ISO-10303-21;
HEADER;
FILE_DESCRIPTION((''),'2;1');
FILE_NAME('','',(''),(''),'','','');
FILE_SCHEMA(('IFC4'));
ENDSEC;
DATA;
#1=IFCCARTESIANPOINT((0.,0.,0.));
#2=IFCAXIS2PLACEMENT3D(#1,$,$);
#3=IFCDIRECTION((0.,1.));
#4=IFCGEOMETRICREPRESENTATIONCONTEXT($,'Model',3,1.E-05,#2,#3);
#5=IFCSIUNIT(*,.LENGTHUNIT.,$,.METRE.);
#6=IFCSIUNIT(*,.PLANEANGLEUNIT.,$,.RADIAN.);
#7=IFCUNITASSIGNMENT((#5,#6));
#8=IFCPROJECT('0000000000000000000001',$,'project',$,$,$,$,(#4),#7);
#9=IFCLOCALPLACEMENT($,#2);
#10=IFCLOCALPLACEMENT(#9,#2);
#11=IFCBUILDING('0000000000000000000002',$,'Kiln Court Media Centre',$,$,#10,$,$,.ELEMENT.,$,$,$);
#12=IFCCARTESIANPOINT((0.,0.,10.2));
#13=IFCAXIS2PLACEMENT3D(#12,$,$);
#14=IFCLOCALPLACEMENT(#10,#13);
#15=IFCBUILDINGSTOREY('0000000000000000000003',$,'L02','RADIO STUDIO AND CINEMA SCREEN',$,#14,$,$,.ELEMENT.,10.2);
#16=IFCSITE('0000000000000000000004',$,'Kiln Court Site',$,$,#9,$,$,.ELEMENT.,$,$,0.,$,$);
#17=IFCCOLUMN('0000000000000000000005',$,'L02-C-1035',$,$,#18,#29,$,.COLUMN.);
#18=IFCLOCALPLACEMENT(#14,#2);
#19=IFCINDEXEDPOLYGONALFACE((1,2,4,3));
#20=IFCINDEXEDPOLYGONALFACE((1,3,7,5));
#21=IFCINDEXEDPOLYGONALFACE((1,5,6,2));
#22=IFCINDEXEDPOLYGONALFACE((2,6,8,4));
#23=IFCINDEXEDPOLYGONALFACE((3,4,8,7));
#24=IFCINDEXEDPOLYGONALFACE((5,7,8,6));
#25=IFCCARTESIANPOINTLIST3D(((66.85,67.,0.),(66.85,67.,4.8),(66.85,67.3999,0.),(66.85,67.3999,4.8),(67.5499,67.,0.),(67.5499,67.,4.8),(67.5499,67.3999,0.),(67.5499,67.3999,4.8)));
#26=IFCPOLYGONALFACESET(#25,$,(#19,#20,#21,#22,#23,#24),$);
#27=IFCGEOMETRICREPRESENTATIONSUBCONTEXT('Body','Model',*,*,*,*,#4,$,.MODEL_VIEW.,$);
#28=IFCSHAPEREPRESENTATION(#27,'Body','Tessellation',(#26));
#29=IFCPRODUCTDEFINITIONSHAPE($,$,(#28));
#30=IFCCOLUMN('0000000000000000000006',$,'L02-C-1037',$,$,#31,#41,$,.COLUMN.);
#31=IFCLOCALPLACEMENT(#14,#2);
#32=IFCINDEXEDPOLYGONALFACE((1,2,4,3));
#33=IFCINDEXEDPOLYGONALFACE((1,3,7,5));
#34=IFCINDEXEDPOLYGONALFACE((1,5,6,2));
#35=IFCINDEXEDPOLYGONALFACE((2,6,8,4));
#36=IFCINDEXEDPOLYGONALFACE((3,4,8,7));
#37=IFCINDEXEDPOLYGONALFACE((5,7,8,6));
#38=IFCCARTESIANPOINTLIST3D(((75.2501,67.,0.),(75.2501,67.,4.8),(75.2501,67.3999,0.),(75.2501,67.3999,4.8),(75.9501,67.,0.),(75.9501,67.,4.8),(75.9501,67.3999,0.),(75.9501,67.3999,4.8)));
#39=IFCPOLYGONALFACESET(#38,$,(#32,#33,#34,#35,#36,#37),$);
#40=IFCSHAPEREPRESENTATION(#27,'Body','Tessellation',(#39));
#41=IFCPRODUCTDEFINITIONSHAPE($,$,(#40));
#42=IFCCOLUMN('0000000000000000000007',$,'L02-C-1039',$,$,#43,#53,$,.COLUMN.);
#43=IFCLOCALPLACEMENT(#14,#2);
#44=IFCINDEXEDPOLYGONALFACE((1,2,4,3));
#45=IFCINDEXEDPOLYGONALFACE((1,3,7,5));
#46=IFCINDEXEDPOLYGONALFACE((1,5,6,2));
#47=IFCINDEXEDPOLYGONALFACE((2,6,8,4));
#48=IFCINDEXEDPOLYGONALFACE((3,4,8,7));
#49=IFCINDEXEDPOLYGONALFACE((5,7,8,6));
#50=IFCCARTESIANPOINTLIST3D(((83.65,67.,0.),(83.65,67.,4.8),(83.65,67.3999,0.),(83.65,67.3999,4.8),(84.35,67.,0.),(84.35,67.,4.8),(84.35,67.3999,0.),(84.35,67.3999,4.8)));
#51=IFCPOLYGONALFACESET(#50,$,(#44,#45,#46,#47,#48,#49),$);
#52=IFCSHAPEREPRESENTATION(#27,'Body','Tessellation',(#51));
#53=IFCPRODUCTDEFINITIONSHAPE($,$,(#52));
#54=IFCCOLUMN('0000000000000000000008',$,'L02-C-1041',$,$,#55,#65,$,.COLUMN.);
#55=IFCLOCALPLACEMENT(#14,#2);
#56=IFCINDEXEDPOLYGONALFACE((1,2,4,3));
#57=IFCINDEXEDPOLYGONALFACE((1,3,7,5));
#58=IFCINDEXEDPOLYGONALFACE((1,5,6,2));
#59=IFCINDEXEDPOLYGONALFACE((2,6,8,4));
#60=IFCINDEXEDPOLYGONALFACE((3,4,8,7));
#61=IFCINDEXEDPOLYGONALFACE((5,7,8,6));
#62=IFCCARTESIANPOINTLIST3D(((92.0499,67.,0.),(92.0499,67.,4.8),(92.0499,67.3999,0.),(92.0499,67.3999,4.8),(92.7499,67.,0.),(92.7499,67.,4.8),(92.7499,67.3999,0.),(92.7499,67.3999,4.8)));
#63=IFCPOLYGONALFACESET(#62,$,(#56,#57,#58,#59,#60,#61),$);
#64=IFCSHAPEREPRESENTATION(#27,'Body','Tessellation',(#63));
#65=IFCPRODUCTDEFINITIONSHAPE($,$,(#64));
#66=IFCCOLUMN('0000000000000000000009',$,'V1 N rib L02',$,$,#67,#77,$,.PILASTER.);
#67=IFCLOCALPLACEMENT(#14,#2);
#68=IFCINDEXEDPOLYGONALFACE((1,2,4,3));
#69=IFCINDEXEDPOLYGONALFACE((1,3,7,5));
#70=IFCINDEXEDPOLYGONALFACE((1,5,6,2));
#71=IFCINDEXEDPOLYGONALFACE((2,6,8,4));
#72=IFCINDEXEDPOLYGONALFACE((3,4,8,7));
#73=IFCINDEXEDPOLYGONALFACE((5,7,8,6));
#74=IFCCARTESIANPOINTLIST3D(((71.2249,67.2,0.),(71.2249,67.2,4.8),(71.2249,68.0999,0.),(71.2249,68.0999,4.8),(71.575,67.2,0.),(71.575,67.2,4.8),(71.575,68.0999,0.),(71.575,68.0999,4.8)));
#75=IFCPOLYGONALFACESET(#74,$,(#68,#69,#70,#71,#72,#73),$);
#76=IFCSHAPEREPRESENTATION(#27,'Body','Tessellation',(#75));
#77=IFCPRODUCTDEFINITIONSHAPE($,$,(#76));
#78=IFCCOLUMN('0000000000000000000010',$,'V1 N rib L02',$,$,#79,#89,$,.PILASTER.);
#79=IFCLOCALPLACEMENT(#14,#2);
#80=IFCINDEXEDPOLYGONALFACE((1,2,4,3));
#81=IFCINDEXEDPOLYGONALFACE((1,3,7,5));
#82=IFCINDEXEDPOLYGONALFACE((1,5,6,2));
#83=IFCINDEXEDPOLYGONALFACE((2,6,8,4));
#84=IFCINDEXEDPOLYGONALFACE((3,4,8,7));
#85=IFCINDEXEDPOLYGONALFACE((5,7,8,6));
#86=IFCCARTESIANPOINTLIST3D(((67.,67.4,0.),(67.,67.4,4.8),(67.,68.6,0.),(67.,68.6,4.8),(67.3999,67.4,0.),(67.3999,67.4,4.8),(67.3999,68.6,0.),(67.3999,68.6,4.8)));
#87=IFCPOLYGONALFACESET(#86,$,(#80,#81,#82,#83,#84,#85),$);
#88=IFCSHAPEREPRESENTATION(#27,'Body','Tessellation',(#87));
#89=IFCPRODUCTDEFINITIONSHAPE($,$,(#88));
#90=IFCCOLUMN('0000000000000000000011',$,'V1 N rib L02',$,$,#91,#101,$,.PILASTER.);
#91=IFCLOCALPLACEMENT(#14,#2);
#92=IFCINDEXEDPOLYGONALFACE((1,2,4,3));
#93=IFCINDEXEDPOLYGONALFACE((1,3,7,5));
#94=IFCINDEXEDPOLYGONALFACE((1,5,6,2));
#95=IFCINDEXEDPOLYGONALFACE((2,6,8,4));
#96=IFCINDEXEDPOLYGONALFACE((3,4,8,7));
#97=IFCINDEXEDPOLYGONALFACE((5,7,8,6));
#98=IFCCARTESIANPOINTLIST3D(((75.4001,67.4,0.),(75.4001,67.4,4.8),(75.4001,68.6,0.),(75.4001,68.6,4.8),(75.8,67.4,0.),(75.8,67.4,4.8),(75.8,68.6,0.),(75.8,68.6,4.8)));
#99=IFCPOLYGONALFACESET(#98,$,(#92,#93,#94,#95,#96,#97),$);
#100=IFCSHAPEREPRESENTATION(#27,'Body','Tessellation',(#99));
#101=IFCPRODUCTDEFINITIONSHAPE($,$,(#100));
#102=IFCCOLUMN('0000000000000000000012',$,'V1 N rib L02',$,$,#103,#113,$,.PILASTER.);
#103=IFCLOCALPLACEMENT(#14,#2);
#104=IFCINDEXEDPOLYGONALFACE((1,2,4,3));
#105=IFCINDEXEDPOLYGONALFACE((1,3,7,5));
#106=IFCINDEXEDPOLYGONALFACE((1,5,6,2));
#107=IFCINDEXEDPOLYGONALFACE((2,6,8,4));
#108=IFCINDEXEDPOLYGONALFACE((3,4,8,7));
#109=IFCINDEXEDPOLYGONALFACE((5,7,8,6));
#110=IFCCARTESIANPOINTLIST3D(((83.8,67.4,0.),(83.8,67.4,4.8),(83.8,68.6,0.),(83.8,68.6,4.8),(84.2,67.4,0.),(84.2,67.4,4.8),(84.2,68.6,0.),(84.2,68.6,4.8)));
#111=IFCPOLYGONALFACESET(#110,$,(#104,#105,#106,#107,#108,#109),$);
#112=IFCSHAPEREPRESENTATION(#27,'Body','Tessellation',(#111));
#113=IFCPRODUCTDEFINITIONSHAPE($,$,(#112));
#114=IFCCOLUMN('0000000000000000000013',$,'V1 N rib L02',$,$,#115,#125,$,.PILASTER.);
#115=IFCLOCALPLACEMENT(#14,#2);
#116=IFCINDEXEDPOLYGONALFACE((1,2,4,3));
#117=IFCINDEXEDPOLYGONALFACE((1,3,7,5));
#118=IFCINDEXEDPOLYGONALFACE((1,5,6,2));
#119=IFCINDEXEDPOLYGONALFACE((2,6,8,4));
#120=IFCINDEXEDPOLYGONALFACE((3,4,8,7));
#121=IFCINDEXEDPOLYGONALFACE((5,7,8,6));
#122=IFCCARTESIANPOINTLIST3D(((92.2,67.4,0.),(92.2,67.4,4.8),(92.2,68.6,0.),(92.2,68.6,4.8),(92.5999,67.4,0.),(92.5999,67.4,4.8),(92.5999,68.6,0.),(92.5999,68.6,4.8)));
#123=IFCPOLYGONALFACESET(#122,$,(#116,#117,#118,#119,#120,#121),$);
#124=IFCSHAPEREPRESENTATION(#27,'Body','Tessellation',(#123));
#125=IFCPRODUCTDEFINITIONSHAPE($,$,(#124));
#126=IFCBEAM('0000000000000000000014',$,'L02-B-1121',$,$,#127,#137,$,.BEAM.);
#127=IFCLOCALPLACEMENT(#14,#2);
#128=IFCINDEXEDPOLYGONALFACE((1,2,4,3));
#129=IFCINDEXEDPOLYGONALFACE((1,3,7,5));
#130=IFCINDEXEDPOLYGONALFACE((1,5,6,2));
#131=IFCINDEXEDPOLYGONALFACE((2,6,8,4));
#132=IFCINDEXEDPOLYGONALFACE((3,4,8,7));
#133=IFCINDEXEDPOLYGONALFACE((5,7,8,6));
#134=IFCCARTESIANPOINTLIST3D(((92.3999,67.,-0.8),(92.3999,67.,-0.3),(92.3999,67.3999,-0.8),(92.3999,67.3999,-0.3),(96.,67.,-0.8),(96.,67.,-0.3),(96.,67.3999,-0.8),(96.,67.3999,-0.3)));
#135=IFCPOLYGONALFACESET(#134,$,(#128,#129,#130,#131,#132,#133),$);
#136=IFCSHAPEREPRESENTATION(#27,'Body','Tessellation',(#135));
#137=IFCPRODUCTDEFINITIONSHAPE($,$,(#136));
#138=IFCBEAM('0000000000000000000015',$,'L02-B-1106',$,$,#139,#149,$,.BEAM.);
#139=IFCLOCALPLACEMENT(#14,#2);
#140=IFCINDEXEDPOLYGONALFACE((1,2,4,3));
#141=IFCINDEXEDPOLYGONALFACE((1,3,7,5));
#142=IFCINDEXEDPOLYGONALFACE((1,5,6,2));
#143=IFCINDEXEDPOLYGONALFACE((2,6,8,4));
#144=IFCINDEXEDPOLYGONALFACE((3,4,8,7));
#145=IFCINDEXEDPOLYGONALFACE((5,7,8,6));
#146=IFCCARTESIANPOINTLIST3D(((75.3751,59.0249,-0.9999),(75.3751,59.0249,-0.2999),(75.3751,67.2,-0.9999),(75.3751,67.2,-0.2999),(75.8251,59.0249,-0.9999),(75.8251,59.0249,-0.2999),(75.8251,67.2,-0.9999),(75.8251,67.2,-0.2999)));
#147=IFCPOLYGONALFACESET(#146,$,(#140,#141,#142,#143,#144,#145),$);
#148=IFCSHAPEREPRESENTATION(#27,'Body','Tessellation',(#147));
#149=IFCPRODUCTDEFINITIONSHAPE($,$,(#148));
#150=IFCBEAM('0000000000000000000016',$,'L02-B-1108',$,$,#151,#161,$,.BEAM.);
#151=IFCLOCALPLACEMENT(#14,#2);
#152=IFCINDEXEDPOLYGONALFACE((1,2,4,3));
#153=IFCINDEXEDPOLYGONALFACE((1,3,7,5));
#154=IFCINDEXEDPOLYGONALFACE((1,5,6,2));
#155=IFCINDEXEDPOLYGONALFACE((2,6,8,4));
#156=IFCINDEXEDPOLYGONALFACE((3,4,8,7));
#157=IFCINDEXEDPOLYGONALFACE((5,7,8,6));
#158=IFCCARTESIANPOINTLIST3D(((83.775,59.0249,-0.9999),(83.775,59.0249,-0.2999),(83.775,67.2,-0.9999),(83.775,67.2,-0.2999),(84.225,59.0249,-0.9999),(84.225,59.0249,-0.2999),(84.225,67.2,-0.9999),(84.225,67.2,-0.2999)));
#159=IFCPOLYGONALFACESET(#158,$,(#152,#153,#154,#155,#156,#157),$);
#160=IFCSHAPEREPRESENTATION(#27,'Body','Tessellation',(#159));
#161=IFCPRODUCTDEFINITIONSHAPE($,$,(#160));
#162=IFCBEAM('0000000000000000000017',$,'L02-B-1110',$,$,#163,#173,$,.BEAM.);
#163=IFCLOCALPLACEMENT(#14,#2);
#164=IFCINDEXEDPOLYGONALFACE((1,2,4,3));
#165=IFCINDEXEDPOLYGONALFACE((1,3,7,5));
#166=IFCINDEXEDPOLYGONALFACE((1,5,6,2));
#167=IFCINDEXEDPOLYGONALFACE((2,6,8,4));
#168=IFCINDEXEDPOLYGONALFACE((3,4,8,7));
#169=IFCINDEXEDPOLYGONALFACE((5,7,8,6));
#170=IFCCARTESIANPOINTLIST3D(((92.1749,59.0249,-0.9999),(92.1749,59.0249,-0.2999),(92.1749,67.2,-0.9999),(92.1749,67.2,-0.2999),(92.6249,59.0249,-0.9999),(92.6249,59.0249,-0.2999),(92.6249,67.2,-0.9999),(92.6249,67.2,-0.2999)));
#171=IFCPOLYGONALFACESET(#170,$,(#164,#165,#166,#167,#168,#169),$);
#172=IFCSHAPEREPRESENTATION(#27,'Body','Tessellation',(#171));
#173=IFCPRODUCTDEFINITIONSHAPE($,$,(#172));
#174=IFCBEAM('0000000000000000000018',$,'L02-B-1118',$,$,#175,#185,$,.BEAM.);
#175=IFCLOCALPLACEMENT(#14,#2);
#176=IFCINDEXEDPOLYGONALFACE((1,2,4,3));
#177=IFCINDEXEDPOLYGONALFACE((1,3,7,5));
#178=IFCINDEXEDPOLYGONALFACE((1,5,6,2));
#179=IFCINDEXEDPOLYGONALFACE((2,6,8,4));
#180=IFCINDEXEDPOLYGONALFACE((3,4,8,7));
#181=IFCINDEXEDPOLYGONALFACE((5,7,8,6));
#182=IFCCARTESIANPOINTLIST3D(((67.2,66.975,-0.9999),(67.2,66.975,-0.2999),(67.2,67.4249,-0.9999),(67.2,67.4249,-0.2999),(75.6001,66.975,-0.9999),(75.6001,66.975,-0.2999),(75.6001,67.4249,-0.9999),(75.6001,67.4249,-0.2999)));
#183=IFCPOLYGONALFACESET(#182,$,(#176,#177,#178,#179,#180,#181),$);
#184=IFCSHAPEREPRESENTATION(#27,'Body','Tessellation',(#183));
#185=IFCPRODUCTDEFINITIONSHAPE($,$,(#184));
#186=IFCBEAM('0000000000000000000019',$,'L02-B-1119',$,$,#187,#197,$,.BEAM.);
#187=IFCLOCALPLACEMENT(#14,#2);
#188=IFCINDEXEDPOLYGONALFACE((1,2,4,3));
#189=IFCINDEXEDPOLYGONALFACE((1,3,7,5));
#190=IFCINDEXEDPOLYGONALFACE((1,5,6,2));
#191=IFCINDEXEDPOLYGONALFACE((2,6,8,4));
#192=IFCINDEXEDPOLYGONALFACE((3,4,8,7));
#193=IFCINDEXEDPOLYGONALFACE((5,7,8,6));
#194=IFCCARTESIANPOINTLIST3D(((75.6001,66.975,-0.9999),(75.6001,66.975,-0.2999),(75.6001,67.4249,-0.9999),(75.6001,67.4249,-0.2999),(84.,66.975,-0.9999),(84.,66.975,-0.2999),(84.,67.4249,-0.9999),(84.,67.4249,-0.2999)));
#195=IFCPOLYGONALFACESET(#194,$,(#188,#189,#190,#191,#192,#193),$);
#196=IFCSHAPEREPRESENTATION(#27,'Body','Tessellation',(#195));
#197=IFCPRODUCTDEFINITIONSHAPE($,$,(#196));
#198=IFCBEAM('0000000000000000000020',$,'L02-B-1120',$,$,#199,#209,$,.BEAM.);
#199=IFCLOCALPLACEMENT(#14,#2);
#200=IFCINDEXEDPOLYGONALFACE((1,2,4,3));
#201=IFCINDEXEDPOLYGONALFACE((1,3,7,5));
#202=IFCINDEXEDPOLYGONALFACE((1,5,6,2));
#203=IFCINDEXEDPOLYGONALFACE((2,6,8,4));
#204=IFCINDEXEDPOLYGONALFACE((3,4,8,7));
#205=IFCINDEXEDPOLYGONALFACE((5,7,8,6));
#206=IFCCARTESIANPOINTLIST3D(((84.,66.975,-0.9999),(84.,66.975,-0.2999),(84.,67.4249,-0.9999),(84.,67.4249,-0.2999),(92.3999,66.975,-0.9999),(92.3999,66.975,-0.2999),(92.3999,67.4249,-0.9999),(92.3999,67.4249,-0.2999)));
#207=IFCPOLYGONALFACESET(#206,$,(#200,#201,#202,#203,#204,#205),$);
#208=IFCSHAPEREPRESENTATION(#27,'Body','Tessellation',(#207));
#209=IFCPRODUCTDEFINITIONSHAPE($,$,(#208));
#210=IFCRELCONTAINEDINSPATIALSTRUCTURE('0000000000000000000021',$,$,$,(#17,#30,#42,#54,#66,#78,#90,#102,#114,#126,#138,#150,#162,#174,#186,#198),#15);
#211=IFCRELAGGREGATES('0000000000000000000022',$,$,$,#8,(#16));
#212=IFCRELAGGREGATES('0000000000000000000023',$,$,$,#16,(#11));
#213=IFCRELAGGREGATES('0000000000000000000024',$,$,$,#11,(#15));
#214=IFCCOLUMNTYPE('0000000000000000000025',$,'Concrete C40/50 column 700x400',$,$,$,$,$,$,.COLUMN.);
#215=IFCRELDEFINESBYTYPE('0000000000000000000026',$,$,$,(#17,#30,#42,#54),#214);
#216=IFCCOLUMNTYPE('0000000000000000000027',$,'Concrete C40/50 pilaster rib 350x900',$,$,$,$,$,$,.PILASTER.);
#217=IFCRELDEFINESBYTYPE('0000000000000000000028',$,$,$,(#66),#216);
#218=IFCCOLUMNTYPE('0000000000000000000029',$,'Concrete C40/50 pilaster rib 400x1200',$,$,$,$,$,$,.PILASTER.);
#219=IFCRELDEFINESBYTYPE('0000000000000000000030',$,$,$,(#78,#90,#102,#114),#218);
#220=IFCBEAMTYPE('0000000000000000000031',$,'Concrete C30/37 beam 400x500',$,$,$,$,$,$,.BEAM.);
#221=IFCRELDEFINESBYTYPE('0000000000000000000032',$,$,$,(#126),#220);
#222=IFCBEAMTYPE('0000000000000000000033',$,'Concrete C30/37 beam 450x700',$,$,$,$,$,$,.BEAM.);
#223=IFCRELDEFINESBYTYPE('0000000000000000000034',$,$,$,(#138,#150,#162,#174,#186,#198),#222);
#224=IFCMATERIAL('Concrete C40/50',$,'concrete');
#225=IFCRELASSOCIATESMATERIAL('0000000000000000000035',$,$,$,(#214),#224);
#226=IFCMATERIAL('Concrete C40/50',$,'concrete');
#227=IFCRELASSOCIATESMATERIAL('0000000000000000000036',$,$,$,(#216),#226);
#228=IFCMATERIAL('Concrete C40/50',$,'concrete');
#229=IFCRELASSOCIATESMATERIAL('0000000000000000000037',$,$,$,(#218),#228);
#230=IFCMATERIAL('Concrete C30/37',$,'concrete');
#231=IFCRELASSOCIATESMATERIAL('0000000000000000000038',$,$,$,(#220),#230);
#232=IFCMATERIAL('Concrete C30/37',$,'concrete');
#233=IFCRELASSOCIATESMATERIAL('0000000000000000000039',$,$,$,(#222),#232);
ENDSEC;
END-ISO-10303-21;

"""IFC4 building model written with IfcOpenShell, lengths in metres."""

from ifc_helpers import new_model, si_unit, direction, frame, origin, origin_2d, place, context, subcontext, project, spatial, rectangle, extrude, material, material_profile, profile_set, type_object, element, save


model = new_model("IFC4")

# Units and contexts
model_context = context("Model", 3, precision=1e-05, world=origin(), true_north=direction((0.0, 1.0)))
body_context = subcontext(model_context, "Body", "Model", "MODEL_VIEW")
ifc_project = project(units=[si_unit("LENGTHUNIT", "METRE"), si_unit("PLANEANGLEUNIT", "RADIAN")], contexts=[model_context])

# Site, building, storey
site_placement = place(None, origin())
site = spatial("IfcSite", under=ifc_project, at=site_placement, Name="Kiln Court Site", CompositionType="ELEMENT", RefElevation=0.0)
building_placement = place(site_placement, origin())
building = spatial("IfcBuilding", under=site, at=building_placement, Name="Kiln Court Media Centre", CompositionType="ELEMENT")
storey_placement = place(building_placement, frame((0.0, 0.0, 10.2)))
storey = spatial("IfcBuildingStorey", under=building, at=storey_placement, Name="L02", Description="RADIO STUDIO AND CINEMA SCREEN", CompositionType="ELEMENT", Elevation=10.2)

# Columns
ifc_material_1 = material(Name="Concrete C40/50", Category="concrete")
ifc_material_profile_1 = material_profile(ifc_material_1, rectangle(XDim=0.7, YDim=0.3999, at=origin_2d()), Name="RC 700x400")
ifc_profile_set_1 = profile_set([ifc_material_profile_1], Name="Concrete C40/50")
column_type_1 = type_object("IfcColumnType", Name="Concrete C40/50 column 700x400", PredefinedType="COLUMN", material=ifc_profile_set_1)
for number, where, z_axis, x_axis, name in (
    (1, (67.2, 67.2, 0.0), (0.0, 0.0, 1.0), (1.0, 0.0, 0.0), "L02-C-1035"),
    (2, (75.6001, 67.2, 0.0), (0.0, 0.0, 1.0), (1.0, 0.0, 0.0), "L02-C-1037"),
    (3, (84.0, 67.2, 0.0), (0.0, 0.0, 1.0), (1.0, 0.0, 0.0), "L02-C-1039"),
    (4, (92.3999, 67.2, 0.0), (0.0, 0.0, 1.0), (1.0, 0.0, 0.0), "L02-C-1041"),
):
    element("IfcColumn", number, at=place(storey_placement, frame(where, z_axis=z_axis, x_axis=x_axis)), inside=storey, type_object=column_type_1, Name=name, PredefinedType="COLUMN", context=body_context, shape_type="SweptSolid", body=[
        extrude(rectangle(XDim=0.7, YDim=0.3999, at=origin_2d()), origin(), (0.0, 0.0, 1.0), 4.8),
    ])
ifc_material_2 = material(Name="Concrete C40/50", Category="concrete")
ifc_material_profile_2 = material_profile(ifc_material_2, rectangle(XDim=0.3501, YDim=0.8999, at=origin_2d()), Name="RC 350x900")
ifc_profile_set_2 = profile_set([ifc_material_profile_2], Name="Concrete C40/50")
column_type_2 = type_object("IfcColumnType", Name="Concrete C40/50 pilaster rib 350x900", PredefinedType="PILASTER", material=ifc_profile_set_2)
column_placement = place(storey_placement, frame((71.3999, 67.6499, 0.0), z_axis=(0.0, 0.0, 1.0), x_axis=(1.0, 0.0, 0.0)))
element("IfcColumn", 5, at=column_placement, inside=storey, type_object=column_type_2, Name="V1 N rib L02", PredefinedType="PILASTER", context=body_context, shape_type="SweptSolid", body=[
    extrude(rectangle(XDim=0.3501, YDim=0.8999, at=origin_2d()), origin(), (0.0, 0.0, 1.0), 4.8),
])
ifc_material_3 = material(Name="Concrete C40/50", Category="concrete")
ifc_material_profile_3 = material_profile(ifc_material_3, rectangle(XDim=0.3999, YDim=1.2, at=origin_2d()), Name="RC 400x1200")
ifc_profile_set_3 = profile_set([ifc_material_profile_3], Name="Concrete C40/50")
column_type_3 = type_object("IfcColumnType", Name="Concrete C40/50 pilaster rib 400x1200", PredefinedType="PILASTER", material=ifc_profile_set_3)
for number, where, z_axis, x_axis, name in (
    (6, (67.2, 68.0, 0.0), (0.0, 0.0, 1.0), (1.0, 0.0, 0.0), "V1 N rib L02"),
    (7, (75.6001, 68.0, 0.0), (0.0, 0.0, 1.0), (1.0, 0.0, 0.0), "V1 N rib L02"),
    (8, (84.0, 68.0, 0.0), (0.0, 0.0, 1.0), (1.0, 0.0, 0.0), "V1 N rib L02"),
    (9, (92.3999, 68.0, 0.0), (0.0, 0.0, 1.0), (1.0, 0.0, 0.0), "V1 N rib L02"),
):
    element("IfcColumn", number, at=place(storey_placement, frame(where, z_axis=z_axis, x_axis=x_axis)), inside=storey, type_object=column_type_3, Name=name, PredefinedType="PILASTER", context=body_context, shape_type="SweptSolid", body=[
        extrude(rectangle(XDim=0.3999, YDim=1.2, at=origin_2d()), origin(), (0.0, 0.0, 1.0), 4.8),
    ])

# Beams
ifc_material_4 = material(Name="Concrete C30/37", Category="concrete")
ifc_material_profile_4 = material_profile(ifc_material_4, rectangle(XDim=0.3999, YDim=0.5, at=origin_2d()), Name="RC 400x500")
ifc_profile_set_4 = profile_set([ifc_material_profile_4], Name="Concrete C30/37")
beam_type_1 = type_object("IfcBeamType", Name="Concrete C30/37 beam 400x500", PredefinedType="BEAM", material=ifc_profile_set_4)
beam_1_placement = place(storey_placement, frame((92.3999, 67.2, -0.55), z_axis=(1.0, 0.0, 0.0), x_axis=(0.0, 1.0, 0.0)))
element("IfcBeam", 10, at=beam_1_placement, inside=storey, type_object=beam_type_1, Name="L02-B-1121", PredefinedType="BEAM", context=body_context, shape_type="SweptSolid", body=[
    extrude(rectangle(XDim=0.3999, YDim=0.5, at=origin_2d()), origin(), (0.0, 0.0, 1.0), 3.6001),
])
ifc_material_5 = material(Name="Concrete C30/37", Category="concrete")
ifc_material_profile_5 = material_profile(ifc_material_5, rectangle(XDim=0.45, YDim=0.7, at=origin_2d()), Name="RC 450x700")
ifc_profile_set_5 = profile_set([ifc_material_profile_5], Name="Concrete C30/37")
beam_type_2 = type_object("IfcBeamType", Name="Concrete C30/37 beam 450x700", PredefinedType="BEAM", material=ifc_profile_set_5)
for number, where, z_axis, x_axis, name in (
    (11, (75.6001, 59.0249, -0.6499), (0.0, 1.0, 0.0), (-1.0, 0.0, 0.0), "L02-B-1106"),
    (12, (84.0, 59.0249, -0.6499), (0.0, 1.0, 0.0), (-1.0, 0.0, 0.0), "L02-B-1108"),
    (13, (92.3999, 59.0249, -0.6499), (0.0, 1.0, 0.0), (-1.0, 0.0, 0.0), "L02-B-1110"),
):
    element("IfcBeam", number, at=place(storey_placement, frame(where, z_axis=z_axis, x_axis=x_axis)), inside=storey, type_object=beam_type_2, Name=name, PredefinedType="BEAM", context=body_context, shape_type="SweptSolid", body=[
        extrude(rectangle(XDim=0.45, YDim=0.7, at=origin_2d()), origin(), (0.0, 0.0, 1.0), 8.175),
    ])
beam_2_placement = place(storey_placement, frame((67.2, 67.2, -0.6499), z_axis=(1.0, 0.0, 0.0), x_axis=(0.0, 1.0, 0.0)))
element("IfcBeam", 14, at=beam_2_placement, inside=storey, type_object=beam_type_2, Name="L02-B-1118", PredefinedType="BEAM", context=body_context, shape_type="SweptSolid", body=[
    extrude(rectangle(XDim=0.45, YDim=0.7, at=origin_2d()), origin(), (0.0, 0.0, 1.0), 8.4001),
])
for number, where, z_axis, x_axis, name in (
    (15, (75.6001, 67.2, -0.6499), (1.0, 0.0, 0.0), (0.0, 1.0, 0.0), "L02-B-1119"),
    (16, (84.0, 67.2, -0.6499), (1.0, 0.0, 0.0), (0.0, 1.0, 0.0), "L02-B-1120"),
):
    element("IfcBeam", number, at=place(storey_placement, frame(where, z_axis=z_axis, x_axis=x_axis)), inside=storey, type_object=beam_type_2, Name=name, PredefinedType="BEAM", context=body_context, shape_type="SweptSolid", body=[
        extrude(rectangle(XDim=0.45, YDim=0.7, at=origin_2d()), origin(), (0.0, 0.0, 1.0), 8.3999),
    ])

save(model, "model.ifc")
